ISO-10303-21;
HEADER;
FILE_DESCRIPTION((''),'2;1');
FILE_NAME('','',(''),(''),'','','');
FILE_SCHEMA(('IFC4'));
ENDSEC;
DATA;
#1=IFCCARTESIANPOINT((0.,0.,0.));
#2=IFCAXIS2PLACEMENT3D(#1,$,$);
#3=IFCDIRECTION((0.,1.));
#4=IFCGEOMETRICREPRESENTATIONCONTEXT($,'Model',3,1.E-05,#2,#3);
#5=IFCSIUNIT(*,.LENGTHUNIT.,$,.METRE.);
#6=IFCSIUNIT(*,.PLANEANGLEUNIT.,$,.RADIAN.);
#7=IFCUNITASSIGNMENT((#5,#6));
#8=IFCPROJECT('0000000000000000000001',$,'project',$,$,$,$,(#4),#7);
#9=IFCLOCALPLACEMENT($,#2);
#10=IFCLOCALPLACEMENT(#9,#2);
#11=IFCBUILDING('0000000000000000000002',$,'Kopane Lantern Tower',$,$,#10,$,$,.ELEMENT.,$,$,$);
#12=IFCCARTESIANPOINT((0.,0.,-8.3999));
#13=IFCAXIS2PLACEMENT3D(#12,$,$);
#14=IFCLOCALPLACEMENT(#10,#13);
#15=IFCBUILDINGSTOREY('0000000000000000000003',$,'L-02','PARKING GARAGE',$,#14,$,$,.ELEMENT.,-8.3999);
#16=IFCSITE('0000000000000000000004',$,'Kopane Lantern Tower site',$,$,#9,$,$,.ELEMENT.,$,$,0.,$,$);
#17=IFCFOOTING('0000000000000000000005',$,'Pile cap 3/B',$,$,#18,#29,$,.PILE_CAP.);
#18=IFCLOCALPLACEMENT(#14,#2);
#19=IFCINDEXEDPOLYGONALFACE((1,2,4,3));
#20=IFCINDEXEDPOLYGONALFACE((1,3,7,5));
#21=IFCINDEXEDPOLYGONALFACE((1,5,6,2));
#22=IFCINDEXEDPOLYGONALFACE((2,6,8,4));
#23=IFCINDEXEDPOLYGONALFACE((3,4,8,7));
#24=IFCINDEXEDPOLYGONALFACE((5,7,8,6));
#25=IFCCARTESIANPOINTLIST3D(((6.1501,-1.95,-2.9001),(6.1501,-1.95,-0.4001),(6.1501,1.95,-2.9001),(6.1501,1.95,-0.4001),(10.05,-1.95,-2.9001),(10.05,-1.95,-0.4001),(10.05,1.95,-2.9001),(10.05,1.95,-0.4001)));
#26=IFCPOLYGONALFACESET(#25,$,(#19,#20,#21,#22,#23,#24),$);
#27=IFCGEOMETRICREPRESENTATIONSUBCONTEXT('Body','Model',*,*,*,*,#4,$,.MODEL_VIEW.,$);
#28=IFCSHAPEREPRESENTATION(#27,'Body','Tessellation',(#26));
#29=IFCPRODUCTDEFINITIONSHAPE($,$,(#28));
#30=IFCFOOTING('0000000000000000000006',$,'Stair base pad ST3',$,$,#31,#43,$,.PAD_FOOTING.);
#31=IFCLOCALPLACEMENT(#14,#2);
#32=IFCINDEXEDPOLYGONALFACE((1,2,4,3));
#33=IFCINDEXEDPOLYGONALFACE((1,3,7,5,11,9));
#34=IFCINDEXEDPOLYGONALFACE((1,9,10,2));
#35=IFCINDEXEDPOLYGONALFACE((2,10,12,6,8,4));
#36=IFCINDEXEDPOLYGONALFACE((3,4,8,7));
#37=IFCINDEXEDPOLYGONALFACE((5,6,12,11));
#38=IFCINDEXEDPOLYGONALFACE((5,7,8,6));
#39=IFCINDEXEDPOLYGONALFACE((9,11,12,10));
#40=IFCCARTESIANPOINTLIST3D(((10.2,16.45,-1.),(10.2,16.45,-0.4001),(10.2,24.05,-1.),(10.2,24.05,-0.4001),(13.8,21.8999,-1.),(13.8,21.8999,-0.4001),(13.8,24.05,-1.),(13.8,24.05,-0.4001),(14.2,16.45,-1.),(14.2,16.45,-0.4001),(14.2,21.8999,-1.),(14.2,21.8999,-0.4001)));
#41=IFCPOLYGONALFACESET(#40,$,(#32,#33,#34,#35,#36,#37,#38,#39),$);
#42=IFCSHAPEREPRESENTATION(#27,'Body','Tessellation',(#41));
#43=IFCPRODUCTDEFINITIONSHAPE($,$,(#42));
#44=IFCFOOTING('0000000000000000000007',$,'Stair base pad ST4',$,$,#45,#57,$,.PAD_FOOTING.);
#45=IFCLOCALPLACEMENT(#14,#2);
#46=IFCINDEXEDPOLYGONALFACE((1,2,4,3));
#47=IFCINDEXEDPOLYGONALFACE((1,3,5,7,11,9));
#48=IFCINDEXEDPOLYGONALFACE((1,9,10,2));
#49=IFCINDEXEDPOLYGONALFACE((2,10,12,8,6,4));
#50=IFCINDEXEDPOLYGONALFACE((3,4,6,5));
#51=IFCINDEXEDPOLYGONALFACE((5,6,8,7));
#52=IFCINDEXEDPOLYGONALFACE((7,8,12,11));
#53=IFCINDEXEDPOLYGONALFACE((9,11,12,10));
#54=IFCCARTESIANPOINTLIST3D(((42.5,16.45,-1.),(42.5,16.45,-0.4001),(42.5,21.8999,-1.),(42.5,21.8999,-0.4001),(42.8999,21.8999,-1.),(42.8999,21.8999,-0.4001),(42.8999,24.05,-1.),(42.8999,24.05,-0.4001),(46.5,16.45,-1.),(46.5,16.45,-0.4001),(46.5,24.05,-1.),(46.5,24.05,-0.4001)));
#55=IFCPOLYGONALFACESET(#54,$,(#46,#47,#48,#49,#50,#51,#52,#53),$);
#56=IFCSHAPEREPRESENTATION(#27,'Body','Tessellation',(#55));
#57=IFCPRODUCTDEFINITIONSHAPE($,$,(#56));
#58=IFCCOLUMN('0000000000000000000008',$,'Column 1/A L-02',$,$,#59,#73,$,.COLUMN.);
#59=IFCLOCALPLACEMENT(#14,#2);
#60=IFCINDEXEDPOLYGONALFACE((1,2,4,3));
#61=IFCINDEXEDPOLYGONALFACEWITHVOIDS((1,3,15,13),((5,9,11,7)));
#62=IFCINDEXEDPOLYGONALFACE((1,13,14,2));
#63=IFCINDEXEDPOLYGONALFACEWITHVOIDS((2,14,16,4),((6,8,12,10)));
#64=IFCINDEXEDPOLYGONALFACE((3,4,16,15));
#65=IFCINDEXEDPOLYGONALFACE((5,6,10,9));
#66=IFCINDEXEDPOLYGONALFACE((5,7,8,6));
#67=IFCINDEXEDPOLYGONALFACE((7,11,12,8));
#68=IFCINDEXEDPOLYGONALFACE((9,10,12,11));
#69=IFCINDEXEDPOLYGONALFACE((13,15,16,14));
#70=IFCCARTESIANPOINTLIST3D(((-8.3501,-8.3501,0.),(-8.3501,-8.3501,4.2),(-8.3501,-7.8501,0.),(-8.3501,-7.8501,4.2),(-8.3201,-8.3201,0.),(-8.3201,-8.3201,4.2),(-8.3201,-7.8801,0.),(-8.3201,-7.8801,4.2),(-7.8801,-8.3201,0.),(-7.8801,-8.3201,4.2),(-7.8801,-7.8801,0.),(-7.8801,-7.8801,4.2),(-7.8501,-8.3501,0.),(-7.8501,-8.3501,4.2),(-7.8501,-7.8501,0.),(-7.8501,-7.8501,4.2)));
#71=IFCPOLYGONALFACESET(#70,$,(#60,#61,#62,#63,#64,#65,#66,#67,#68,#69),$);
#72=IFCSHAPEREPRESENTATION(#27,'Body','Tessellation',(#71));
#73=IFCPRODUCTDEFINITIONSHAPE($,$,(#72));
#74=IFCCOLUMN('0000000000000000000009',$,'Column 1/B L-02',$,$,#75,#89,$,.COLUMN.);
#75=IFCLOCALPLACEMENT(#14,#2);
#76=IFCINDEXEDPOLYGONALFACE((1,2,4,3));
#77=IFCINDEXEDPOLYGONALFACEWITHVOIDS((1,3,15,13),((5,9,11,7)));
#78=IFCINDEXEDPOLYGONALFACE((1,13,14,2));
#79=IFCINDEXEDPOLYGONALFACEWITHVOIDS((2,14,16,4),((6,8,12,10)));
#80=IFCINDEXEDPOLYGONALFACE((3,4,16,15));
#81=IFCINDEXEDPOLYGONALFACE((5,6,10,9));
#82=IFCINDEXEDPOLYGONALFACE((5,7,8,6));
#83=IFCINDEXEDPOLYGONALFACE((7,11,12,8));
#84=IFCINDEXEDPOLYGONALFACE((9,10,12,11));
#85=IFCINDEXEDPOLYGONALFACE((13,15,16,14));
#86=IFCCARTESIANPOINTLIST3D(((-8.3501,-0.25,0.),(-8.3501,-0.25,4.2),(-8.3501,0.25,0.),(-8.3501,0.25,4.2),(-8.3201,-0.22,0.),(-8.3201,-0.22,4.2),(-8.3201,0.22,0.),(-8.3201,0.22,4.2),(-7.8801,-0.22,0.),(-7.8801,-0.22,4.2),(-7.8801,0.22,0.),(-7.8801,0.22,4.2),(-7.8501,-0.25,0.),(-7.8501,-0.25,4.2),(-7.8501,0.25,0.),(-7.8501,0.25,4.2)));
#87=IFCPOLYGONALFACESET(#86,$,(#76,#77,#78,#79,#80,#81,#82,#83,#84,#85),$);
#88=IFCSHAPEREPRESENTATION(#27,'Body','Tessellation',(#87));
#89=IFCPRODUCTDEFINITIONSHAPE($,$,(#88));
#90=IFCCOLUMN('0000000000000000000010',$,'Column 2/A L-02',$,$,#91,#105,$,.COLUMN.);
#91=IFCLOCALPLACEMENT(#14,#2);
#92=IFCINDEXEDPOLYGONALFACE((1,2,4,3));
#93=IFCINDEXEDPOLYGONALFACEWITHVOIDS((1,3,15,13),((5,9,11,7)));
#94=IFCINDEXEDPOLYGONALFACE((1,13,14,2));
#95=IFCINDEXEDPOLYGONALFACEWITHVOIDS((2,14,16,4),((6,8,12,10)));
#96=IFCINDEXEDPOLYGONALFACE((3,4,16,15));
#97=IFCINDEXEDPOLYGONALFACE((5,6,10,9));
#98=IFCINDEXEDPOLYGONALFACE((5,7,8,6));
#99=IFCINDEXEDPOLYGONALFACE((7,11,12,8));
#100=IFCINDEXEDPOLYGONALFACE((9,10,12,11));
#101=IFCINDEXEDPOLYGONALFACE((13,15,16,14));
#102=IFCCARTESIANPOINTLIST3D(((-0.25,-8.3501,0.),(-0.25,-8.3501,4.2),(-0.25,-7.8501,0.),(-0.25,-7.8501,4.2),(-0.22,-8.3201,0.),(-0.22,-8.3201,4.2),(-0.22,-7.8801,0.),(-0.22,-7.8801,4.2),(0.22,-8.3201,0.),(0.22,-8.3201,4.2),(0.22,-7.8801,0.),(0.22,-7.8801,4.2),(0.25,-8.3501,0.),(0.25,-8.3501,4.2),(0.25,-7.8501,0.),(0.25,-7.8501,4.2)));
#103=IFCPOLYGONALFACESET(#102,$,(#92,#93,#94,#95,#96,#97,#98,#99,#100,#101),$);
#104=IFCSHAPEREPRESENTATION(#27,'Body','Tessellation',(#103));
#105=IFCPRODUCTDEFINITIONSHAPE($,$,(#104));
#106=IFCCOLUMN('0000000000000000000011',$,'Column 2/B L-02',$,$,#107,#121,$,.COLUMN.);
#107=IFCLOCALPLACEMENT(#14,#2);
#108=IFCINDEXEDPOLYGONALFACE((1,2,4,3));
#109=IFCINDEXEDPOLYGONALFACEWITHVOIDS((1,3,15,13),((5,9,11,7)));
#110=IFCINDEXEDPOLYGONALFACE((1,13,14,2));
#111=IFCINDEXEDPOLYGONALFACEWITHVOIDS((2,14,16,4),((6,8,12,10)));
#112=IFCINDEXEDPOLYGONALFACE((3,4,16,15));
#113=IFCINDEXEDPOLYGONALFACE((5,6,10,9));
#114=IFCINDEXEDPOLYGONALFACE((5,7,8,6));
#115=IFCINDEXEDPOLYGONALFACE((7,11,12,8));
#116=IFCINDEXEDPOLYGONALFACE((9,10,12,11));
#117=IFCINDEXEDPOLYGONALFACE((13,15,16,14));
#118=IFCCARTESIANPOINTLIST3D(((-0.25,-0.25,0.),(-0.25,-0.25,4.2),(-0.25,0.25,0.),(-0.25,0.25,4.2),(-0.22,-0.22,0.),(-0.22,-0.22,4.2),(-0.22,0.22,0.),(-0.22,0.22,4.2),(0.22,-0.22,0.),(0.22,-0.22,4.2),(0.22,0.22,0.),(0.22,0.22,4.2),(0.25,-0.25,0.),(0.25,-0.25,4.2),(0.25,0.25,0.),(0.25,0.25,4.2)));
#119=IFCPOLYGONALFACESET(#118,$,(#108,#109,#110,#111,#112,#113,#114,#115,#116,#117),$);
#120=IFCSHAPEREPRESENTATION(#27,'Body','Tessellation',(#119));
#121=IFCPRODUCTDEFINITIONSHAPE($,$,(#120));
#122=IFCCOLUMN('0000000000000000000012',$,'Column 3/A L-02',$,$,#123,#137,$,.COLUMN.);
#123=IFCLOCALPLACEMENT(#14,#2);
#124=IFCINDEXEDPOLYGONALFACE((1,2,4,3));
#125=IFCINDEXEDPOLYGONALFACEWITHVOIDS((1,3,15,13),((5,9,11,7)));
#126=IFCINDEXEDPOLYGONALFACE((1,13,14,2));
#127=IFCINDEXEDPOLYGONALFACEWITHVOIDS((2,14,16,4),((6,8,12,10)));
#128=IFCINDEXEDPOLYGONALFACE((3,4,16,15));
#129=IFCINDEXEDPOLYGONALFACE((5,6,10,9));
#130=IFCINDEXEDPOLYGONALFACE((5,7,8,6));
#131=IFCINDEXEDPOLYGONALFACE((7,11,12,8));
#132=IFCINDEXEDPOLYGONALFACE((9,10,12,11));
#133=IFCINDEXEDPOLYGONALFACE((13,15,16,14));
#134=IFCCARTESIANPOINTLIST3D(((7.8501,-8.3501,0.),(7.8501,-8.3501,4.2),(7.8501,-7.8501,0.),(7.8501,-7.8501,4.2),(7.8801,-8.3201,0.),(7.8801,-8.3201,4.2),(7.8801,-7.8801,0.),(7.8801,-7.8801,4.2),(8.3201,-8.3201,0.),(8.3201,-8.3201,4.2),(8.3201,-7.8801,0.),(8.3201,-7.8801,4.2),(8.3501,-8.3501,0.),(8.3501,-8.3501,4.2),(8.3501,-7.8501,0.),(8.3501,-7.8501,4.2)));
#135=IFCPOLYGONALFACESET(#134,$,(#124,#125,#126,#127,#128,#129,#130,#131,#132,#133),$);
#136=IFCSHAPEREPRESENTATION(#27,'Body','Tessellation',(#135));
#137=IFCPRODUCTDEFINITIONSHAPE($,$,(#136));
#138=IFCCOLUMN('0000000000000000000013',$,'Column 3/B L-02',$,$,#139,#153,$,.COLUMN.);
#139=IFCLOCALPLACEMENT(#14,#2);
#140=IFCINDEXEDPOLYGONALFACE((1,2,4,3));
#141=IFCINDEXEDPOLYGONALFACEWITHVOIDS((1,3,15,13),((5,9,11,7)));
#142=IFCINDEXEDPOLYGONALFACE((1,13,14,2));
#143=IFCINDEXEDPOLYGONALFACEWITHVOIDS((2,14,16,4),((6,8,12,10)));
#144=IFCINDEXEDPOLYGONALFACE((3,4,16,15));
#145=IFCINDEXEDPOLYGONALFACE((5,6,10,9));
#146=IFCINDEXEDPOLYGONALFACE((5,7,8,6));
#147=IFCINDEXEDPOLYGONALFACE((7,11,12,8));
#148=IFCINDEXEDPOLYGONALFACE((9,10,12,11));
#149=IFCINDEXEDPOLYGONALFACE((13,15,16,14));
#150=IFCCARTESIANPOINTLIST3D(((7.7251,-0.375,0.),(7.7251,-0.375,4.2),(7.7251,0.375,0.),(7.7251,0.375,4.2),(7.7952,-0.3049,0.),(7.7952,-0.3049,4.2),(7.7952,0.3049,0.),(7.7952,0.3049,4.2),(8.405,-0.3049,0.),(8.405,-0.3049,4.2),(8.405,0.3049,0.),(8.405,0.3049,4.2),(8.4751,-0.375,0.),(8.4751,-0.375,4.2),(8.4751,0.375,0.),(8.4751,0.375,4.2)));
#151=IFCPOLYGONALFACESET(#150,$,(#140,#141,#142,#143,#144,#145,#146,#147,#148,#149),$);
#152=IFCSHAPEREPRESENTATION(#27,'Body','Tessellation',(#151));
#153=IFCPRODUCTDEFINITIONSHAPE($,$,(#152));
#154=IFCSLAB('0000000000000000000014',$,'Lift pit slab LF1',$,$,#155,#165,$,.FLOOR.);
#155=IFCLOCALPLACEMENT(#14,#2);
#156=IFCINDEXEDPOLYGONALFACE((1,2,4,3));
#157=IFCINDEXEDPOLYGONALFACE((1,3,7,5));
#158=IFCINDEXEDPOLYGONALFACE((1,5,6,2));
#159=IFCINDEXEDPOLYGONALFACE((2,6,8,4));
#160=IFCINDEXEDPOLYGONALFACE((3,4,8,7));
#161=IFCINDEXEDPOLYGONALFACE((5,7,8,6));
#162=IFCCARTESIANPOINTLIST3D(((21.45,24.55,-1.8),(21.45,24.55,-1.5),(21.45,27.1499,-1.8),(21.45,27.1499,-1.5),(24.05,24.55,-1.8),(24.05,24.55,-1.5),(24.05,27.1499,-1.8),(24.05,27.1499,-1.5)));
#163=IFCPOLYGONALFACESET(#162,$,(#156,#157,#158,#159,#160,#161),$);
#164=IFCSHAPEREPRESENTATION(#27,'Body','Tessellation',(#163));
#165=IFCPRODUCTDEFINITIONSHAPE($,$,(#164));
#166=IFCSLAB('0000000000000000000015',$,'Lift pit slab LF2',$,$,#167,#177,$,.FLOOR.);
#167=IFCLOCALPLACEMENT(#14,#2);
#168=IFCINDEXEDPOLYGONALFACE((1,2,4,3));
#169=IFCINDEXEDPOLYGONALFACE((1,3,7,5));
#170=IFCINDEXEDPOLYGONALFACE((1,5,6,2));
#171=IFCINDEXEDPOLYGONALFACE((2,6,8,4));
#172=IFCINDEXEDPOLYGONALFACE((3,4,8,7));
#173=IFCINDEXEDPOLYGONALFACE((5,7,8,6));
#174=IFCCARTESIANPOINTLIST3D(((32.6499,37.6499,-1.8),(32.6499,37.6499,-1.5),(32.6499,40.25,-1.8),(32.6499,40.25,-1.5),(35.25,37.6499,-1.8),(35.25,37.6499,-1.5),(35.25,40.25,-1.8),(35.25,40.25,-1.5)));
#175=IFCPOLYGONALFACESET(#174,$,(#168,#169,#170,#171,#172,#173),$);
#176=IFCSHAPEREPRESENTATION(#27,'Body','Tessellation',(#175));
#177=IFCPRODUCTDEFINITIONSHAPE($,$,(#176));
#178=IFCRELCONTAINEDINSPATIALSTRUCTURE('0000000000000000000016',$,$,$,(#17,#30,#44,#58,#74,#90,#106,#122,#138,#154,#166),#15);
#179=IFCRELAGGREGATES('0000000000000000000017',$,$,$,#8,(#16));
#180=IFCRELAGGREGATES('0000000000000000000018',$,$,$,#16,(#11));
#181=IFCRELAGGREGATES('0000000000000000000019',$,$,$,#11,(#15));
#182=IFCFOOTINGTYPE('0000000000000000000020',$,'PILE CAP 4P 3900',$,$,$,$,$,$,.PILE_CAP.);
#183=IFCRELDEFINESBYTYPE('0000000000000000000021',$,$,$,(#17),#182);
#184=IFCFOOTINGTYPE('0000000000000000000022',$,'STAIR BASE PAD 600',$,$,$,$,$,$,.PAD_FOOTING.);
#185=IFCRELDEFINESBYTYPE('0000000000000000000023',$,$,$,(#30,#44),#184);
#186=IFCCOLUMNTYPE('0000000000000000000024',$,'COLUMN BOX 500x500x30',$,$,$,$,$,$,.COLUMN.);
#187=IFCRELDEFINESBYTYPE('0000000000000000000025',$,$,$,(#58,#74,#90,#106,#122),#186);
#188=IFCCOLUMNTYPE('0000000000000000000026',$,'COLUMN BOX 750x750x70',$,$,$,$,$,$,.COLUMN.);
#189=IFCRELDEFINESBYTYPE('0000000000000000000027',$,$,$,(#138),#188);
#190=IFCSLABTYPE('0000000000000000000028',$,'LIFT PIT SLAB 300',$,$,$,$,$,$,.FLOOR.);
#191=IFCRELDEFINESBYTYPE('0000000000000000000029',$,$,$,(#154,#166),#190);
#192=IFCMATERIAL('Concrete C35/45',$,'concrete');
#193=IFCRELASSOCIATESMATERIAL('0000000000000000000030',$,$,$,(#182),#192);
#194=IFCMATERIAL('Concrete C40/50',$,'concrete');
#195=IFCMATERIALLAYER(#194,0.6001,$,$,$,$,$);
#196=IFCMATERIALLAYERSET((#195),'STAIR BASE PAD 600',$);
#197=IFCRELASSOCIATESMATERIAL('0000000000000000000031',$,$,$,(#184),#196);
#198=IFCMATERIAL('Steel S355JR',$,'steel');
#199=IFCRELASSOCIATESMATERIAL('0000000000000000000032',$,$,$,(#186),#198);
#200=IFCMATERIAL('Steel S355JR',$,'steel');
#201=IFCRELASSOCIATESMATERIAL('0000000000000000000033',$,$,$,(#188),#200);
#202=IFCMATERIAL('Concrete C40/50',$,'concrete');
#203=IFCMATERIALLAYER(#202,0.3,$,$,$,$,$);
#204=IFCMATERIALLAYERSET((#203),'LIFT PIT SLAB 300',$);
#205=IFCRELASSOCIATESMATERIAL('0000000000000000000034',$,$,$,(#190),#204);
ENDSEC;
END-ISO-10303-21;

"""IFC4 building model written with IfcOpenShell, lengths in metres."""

from ifc_helpers import new_model, si_unit, direction, frame, origin, origin_2d, place, context, subcontext, project, spatial, polyline, rectangle, hollow_rectangle, outline, extrude, material, layer, layer_set, material_profile, profile_set, type_object, element, save


model = new_model("IFC4")

# Units and contexts
model_context = context("Model", 3, precision=1e-05, world=origin(), true_north=direction((0.0, 1.0)))
body_context = subcontext(model_context, "Body", "Model", "MODEL_VIEW")
ifc_project = project(units=[si_unit("LENGTHUNIT", "METRE"), si_unit("PLANEANGLEUNIT", "RADIAN")], contexts=[model_context])

# Site, building, storey
site_placement = place(None, origin())
site = spatial("IfcSite", under=ifc_project, at=site_placement, Name="Kopane Lantern Tower site", CompositionType="ELEMENT", RefElevation=0.0)
building_placement = place(site_placement, origin())
building = spatial("IfcBuilding", under=site, at=building_placement, Name="Kopane Lantern Tower", CompositionType="ELEMENT")
storey_placement = place(building_placement, frame((0.0, 0.0, -8.3999)))
storey = spatial("IfcBuildingStorey", under=building, at=storey_placement, Name="L-02", Description="PARKING GARAGE", CompositionType="ELEMENT", Elevation=-8.3999)

# Footings
ifc_material_1 = material(Name="Concrete C35/45", Category="concrete")
footing_type_1 = type_object("IfcFootingType", Name="PILE CAP 4P 3900", PredefinedType="PILE_CAP", material=ifc_material_1)
footing_1_placement = place(storey_placement, frame((8.1001, 0.0, -2.9001), z_axis=(0.0, 0.0, 1.0), x_axis=(1.0, 0.0, 0.0)))
element("IfcFooting", 1, at=footing_1_placement, inside=storey, type_object=footing_type_1, Name="Pile cap 3/B", PredefinedType="PILE_CAP", context=body_context, shape_type="SweptSolid", body=[
    extrude(rectangle(XDim=3.8999, YDim=3.8999, at=origin_2d()), origin(), (0.0, 0.0, 1.0), 2.5),
])
ifc_material_2 = material(Name="Concrete C40/50", Category="concrete")
ifc_layer_1 = layer(ifc_material_2, 0.6001)
ifc_layer_set_1 = layer_set([ifc_layer_1], Name="STAIR BASE PAD 600")
footing_type_2 = type_object("IfcFootingType", Name="STAIR BASE PAD 600", PredefinedType="PAD_FOOTING", material=ifc_layer_set_1)
footing_2_placement = place(storey_placement, frame((0.0, 0.0, -1.0)))
element("IfcFooting", 2, at=footing_2_placement, inside=storey, type_object=footing_type_2, Name="Stair base pad ST3", PredefinedType="PAD_FOOTING", context=body_context, shape_type="SweptSolid", body=[
    extrude(outline(polyline([(14.2, 21.8999), (13.8, 21.8999), (13.8, 24.05), (10.2, 24.05), (10.2, 16.45), (14.2, 16.45), (14.2, 21.8999)])), origin(), (0.0, 0.0, 1.0), 0.5999),
])
footing_3_placement = place(storey_placement, frame((0.0, 0.0, -1.0)))
element("IfcFooting", 3, at=footing_3_placement, inside=storey, type_object=footing_type_2, Name="Stair base pad ST4", PredefinedType="PAD_FOOTING", context=body_context, shape_type="SweptSolid", body=[
    extrude(outline(polyline([(42.8999, 24.05), (42.8999, 21.8999), (42.5, 21.8999), (42.5, 16.45), (46.5, 16.45), (46.5, 24.05), (42.8999, 24.05)])), origin(), (0.0, 0.0, 1.0), 0.5999),
])

# Columns
ifc_material_3 = material(Name="Steel S355JR", Category="steel")
ifc_material_profile_1 = material_profile(ifc_material_3, hollow_rectangle(XDim=0.5, YDim=0.5, WallThickness=0.03, at=origin_2d()), Name="BOX 500x500x30")
ifc_profile_set_1 = profile_set([ifc_material_profile_1], Name="Steel S355JR")
column_type_1 = type_object("IfcColumnType", Name="COLUMN BOX 500x500x30", PredefinedType="COLUMN", material=ifc_profile_set_1)
for number, where, z_axis, x_axis, name in (
    (4, (-8.1001, -8.1001, 0.0), (0.0, 0.0, 1.0), (1.0, 0.0, 0.0), "Column 1/A L-02"),
    (5, (-8.1001, 0.0, 0.0), (0.0, 0.0, 1.0), (1.0, 0.0, 0.0), "Column 1/B L-02"),
    (6, (0.0, -8.1001, 0.0), (0.0, 0.0, 1.0), (1.0, 0.0, 0.0), "Column 2/A L-02"),
    (7, (0.0, 0.0, 0.0), (0.0, 0.0, 1.0), (1.0, 0.0, 0.0), "Column 2/B L-02"),
    (8, (8.1001, -8.1001, 0.0), (0.0, 0.0, 1.0), (1.0, 0.0, 0.0), "Column 3/A L-02"),
):
    element("IfcColumn", number, at=place(storey_placement, frame(where, z_axis=z_axis, x_axis=x_axis)), inside=storey, type_object=column_type_1, Name=name, PredefinedType="COLUMN", context=body_context, shape_type="SweptSolid", body=[
        extrude(hollow_rectangle(XDim=0.5, YDim=0.5, WallThickness=0.03, at=origin_2d()), origin(), (0.0, 0.0, 1.0), 4.2),
    ])
ifc_material_4 = material(Name="Steel S355JR", Category="steel")
ifc_material_profile_2 = material_profile(ifc_material_4, hollow_rectangle(XDim=0.75, YDim=0.75, WallThickness=0.0701, at=origin_2d()), Name="BOX 750x750x70")
ifc_profile_set_2 = profile_set([ifc_material_profile_2], Name="Steel S355JR")
column_type_2 = type_object("IfcColumnType", Name="COLUMN BOX 750x750x70", PredefinedType="COLUMN", material=ifc_profile_set_2)
column_placement = place(storey_placement, frame((8.1001, 0.0, 0.0), z_axis=(0.0, 0.0, 1.0), x_axis=(1.0, 0.0, 0.0)))
element("IfcColumn", 9, at=column_placement, inside=storey, type_object=column_type_2, Name="Column 3/B L-02", PredefinedType="COLUMN", context=body_context, shape_type="SweptSolid", body=[
    extrude(hollow_rectangle(XDim=0.75, YDim=0.75, WallThickness=0.0701, at=origin_2d()), origin(), (0.0, 0.0, 1.0), 4.2),
])

# Slabs
ifc_material_5 = material(Name="Concrete C40/50", Category="concrete")
ifc_layer_2 = layer(ifc_material_5, 0.3)
ifc_layer_set_2 = layer_set([ifc_layer_2], Name="LIFT PIT SLAB 300")
slab_type_1 = type_object("IfcSlabType", Name="LIFT PIT SLAB 300", PredefinedType="FLOOR", material=ifc_layer_set_2)
slab_1_placement = place(storey_placement, frame((0.0, 0.0, -1.8)))
element("IfcSlab", 10, at=slab_1_placement, inside=storey, type_object=slab_type_1, Name="Lift pit slab LF1", PredefinedType="FLOOR", context=body_context, shape_type="SweptSolid", body=[
    extrude(outline(polyline([(21.45, 24.55), (24.05, 24.55), (24.05, 27.1499), (21.45, 27.1499), (21.45, 24.55)])), origin(), (0.0, 0.0, 1.0), 0.3),
])
slab_2_placement = place(storey_placement, frame((0.0, 0.0, -1.8)))
element("IfcSlab", 11, at=slab_2_placement, inside=storey, type_object=slab_type_1, Name="Lift pit slab LF2", PredefinedType="FLOOR", context=body_context, shape_type="SweptSolid", body=[
    extrude(outline(polyline([(32.6499, 37.6499), (35.25, 37.6499), (35.25, 40.25), (32.6499, 40.25), (32.6499, 37.6499)])), origin(), (0.0, 0.0, 1.0), 0.3),
])

save(model, "model.ifc")
